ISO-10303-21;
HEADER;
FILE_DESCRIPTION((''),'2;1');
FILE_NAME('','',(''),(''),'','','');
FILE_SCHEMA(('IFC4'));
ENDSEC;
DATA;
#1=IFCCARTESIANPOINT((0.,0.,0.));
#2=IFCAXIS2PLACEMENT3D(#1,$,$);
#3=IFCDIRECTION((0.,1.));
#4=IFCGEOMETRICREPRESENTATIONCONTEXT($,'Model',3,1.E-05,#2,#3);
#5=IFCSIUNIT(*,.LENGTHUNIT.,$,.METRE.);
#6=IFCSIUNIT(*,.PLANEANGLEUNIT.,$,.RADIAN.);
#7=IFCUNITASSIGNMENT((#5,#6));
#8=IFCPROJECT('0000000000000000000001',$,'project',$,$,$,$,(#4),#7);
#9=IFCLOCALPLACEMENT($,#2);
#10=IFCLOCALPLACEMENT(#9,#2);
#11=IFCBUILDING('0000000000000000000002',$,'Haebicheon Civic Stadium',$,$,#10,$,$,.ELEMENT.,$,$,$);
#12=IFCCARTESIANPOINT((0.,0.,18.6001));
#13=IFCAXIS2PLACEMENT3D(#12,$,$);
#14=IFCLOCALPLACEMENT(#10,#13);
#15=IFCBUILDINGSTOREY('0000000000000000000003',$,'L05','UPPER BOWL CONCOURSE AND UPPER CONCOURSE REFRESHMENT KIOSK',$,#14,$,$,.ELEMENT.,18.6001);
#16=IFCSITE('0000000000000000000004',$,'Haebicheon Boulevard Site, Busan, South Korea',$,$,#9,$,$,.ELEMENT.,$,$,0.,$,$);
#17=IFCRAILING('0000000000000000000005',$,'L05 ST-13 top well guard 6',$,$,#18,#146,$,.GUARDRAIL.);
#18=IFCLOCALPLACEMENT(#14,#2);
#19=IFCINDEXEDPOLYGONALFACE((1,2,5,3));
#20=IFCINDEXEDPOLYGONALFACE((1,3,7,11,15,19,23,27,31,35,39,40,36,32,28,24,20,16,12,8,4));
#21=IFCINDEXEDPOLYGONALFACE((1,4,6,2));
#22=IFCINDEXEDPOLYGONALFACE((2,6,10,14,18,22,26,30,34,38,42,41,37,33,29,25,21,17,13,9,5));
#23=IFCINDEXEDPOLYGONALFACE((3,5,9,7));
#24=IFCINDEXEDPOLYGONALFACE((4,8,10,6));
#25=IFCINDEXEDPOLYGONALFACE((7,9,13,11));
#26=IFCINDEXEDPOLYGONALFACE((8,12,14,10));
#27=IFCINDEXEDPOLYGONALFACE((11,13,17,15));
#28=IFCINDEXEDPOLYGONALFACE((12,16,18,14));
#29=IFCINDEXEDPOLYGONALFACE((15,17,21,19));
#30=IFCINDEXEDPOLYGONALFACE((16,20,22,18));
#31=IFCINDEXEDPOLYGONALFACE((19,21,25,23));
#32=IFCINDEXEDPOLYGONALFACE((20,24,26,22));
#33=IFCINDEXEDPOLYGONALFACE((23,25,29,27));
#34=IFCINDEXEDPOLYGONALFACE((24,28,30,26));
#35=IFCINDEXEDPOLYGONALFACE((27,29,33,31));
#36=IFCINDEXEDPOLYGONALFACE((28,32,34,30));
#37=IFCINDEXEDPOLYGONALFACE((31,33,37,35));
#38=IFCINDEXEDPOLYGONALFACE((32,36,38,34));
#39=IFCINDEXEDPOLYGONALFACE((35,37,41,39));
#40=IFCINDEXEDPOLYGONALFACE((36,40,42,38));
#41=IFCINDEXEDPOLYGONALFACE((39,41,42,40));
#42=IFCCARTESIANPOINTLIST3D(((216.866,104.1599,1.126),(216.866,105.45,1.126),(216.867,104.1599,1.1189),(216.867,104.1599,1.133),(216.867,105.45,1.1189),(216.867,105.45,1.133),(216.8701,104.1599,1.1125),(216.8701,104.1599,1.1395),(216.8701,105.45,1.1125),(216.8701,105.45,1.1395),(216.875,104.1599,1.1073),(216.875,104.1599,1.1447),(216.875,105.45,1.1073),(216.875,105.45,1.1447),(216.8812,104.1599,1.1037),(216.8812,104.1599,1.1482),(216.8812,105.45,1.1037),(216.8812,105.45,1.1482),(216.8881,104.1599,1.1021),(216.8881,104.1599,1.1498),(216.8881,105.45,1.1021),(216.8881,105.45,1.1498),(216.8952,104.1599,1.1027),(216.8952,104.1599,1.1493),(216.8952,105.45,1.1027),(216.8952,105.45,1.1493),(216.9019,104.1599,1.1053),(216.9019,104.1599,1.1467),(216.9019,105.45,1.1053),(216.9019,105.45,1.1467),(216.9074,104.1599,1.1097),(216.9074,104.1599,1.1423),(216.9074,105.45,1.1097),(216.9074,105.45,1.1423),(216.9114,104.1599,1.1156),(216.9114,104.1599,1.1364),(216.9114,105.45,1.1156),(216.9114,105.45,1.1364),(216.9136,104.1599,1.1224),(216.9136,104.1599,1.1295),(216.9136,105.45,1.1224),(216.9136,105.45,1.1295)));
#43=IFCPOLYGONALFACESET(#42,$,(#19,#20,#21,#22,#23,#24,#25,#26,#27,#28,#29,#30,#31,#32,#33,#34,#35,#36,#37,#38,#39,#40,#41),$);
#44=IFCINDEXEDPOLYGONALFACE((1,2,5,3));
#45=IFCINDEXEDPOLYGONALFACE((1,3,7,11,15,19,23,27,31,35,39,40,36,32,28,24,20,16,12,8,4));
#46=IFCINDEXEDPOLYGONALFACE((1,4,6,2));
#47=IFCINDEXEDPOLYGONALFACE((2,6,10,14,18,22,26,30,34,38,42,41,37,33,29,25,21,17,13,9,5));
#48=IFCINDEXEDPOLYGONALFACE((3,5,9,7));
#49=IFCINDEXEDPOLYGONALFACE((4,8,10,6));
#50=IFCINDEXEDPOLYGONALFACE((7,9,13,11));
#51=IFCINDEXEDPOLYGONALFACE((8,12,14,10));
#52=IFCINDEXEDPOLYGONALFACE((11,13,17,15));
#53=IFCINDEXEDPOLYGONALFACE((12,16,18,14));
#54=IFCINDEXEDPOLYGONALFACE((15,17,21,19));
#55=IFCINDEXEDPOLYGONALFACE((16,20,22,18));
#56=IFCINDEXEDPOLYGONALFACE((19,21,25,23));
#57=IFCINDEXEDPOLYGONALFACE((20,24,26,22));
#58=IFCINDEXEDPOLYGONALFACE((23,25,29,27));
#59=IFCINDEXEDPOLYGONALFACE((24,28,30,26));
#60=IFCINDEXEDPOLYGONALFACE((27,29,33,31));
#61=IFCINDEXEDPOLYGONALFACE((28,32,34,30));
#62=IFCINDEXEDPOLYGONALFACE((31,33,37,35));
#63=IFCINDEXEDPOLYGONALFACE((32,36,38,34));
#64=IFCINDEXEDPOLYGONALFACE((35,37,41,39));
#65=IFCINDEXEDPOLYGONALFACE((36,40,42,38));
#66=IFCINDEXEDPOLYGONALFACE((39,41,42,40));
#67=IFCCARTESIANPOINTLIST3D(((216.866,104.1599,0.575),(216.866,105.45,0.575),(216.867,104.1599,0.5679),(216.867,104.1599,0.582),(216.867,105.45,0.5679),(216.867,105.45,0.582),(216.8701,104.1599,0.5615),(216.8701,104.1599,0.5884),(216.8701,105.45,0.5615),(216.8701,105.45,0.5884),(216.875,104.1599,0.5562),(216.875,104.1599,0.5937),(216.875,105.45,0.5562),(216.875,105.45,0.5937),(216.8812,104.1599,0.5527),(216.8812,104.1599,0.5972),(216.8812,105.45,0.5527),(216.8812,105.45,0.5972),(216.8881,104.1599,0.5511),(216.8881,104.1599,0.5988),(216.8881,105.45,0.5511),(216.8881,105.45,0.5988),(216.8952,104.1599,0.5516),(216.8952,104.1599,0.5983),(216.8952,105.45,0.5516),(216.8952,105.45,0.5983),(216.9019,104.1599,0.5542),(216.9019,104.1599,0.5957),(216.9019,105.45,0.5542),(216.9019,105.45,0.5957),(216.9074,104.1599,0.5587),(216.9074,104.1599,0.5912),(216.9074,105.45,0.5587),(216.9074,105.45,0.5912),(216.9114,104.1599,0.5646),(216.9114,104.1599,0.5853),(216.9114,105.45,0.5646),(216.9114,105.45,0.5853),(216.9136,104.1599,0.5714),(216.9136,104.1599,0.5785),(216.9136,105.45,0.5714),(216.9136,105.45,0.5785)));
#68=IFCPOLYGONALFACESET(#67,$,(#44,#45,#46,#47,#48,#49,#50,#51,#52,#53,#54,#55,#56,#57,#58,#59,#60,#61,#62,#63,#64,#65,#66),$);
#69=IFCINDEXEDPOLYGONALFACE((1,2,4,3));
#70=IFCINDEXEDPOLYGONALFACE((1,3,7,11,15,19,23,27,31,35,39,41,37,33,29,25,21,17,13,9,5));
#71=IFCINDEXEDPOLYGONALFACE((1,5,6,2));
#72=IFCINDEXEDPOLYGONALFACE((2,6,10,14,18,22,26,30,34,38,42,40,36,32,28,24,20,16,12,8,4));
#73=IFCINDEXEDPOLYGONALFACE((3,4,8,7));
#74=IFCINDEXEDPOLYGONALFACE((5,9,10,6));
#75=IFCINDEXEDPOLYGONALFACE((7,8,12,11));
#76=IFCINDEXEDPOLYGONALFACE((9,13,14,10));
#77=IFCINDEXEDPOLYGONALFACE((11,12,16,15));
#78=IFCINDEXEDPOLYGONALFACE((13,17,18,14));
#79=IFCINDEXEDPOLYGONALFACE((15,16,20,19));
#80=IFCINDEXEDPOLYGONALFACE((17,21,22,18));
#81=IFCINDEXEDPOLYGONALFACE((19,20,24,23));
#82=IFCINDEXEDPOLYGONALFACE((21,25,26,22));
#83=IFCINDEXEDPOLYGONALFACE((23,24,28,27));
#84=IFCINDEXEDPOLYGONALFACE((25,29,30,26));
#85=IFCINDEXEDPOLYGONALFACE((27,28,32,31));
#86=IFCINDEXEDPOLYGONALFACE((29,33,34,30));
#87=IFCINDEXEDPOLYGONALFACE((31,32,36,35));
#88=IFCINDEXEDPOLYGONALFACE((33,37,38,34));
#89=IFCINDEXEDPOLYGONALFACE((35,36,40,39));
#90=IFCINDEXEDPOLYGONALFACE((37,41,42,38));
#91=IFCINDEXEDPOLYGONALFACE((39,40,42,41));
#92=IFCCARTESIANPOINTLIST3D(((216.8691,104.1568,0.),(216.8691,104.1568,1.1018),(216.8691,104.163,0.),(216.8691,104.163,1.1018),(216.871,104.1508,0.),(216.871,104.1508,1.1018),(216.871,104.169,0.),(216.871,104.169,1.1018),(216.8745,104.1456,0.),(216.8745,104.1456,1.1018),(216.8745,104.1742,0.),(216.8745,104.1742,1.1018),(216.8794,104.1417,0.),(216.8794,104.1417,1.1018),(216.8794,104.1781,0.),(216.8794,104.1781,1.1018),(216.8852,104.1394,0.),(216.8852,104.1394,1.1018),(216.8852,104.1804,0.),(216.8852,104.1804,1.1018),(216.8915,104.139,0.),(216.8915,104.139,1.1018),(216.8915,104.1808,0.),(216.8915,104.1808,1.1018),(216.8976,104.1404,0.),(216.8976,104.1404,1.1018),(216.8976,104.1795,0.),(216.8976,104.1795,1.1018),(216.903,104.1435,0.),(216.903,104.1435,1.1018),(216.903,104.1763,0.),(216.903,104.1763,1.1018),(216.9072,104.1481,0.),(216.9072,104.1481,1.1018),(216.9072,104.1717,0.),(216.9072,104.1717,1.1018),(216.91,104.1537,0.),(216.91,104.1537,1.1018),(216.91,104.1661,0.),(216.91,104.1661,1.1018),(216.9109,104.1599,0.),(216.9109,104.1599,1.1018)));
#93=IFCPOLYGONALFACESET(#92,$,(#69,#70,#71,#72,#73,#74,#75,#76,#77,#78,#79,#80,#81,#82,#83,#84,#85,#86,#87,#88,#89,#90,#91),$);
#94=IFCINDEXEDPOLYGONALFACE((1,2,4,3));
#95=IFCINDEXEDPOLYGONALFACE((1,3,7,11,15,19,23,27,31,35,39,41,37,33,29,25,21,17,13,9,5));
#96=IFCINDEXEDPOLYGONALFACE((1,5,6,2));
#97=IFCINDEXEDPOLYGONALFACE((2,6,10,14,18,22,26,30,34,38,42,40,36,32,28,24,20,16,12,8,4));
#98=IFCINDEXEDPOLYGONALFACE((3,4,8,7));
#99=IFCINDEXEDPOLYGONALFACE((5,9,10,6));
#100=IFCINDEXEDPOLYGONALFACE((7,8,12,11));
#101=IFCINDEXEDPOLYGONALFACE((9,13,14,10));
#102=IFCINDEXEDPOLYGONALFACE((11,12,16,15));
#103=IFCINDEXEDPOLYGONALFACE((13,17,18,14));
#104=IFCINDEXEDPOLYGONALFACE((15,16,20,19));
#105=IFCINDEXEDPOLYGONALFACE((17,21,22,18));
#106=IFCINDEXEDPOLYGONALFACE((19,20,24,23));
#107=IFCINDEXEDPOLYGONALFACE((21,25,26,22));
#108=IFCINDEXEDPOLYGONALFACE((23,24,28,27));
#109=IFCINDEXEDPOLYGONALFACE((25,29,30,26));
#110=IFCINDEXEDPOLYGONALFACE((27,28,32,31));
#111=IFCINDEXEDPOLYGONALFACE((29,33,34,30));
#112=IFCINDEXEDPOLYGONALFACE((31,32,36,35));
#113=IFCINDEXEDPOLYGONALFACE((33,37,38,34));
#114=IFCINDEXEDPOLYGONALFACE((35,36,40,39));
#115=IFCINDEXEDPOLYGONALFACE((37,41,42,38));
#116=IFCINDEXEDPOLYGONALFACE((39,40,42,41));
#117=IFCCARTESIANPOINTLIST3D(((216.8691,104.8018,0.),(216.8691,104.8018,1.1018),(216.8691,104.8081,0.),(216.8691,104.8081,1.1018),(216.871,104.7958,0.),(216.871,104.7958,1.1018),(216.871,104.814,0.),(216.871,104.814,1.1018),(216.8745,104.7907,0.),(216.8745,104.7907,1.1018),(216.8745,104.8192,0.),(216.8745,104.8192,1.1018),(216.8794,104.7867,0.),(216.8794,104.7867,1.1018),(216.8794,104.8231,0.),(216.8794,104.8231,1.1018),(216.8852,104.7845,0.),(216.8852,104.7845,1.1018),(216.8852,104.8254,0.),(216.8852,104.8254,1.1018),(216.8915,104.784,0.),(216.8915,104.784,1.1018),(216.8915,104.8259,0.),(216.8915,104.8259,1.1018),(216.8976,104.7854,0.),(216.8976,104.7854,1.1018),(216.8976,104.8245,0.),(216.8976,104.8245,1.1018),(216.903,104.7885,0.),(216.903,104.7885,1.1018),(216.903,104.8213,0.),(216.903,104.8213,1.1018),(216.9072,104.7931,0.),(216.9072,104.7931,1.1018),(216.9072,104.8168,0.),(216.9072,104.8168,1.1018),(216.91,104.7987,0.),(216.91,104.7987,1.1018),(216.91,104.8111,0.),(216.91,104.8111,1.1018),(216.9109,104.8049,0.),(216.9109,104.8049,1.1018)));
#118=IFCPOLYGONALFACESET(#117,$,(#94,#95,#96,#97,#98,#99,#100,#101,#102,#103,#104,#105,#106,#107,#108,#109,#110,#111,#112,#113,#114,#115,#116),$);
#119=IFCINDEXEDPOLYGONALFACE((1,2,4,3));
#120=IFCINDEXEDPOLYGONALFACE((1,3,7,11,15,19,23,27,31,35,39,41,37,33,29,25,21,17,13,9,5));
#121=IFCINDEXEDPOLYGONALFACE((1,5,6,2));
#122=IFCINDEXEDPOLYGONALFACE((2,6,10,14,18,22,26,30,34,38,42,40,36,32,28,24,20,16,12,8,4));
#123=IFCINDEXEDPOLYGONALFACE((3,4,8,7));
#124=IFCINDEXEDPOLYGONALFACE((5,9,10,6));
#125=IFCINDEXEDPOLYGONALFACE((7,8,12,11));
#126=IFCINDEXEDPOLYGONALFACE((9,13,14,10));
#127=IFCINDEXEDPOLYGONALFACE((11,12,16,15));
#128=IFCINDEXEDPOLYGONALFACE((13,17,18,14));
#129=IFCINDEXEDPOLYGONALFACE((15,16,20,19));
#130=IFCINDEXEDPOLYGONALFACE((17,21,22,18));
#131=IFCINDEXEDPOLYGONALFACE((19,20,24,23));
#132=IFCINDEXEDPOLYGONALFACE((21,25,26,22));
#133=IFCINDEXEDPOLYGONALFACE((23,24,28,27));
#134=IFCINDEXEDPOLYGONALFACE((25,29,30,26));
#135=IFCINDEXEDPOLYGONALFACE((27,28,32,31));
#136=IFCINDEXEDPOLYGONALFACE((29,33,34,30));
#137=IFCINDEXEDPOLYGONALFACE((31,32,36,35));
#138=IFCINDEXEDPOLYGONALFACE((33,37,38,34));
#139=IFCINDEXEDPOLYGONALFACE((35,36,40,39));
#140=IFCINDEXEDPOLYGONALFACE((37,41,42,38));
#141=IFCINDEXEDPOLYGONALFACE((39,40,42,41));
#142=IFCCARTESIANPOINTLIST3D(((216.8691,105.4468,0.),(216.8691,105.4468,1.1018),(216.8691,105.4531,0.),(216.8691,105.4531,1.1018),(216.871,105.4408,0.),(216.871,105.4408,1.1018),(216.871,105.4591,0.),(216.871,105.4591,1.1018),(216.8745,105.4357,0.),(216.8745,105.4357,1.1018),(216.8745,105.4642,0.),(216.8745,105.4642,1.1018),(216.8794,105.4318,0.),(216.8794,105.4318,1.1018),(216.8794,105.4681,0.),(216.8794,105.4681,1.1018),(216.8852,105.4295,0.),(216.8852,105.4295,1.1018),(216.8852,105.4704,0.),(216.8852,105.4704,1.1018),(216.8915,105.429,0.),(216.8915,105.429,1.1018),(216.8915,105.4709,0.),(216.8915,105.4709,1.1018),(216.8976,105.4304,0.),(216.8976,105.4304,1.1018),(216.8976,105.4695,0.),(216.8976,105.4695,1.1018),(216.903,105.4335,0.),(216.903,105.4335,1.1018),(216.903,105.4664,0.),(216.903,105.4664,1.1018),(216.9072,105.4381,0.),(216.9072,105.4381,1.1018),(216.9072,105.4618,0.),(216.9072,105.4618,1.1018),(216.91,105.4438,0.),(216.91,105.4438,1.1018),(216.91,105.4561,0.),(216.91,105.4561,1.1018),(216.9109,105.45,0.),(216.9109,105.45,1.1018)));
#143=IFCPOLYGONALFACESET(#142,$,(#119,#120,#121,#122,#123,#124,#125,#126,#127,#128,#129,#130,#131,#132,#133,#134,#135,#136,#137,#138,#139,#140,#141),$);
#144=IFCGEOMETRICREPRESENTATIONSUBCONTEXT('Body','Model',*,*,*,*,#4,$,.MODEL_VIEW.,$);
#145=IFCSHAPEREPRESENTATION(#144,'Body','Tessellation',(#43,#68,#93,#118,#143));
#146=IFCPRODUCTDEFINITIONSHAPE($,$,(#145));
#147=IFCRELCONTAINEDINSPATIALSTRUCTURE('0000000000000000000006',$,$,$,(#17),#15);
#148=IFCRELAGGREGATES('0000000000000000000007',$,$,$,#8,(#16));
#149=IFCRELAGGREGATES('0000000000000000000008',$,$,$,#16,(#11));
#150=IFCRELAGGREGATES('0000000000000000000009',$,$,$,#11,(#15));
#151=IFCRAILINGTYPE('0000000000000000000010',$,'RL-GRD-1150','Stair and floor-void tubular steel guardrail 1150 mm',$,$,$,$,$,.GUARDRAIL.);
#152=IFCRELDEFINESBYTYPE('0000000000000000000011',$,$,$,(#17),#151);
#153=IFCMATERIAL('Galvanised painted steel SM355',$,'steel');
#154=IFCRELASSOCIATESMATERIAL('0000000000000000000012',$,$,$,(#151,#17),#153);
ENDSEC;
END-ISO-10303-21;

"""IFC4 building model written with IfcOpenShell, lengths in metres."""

from ifc_helpers import new_model, si_unit, direction, frame, origin, origin_2d, place, context, subcontext, project, spatial, circle, extrude, material, type_object, element, save


model = new_model("IFC4")

# Units and contexts
model_context = context("Model", 3, precision=1e-05, world=origin(), true_north=direction((0.0, 1.0)))
body_context = subcontext(model_context, "Body", "Model", "MODEL_VIEW")
ifc_project = project(units=[si_unit("LENGTHUNIT", "METRE"), si_unit("PLANEANGLEUNIT", "RADIAN")], contexts=[model_context])

# Site, building, storey
site_placement = place(None, origin())
site = spatial("IfcSite", under=ifc_project, at=site_placement, Name="Haebicheon Boulevard Site, Busan, South Korea", CompositionType="ELEMENT", RefElevation=0.0)
building_placement = place(site_placement, origin())
building = spatial("IfcBuilding", under=site, at=building_placement, Name="Haebicheon Civic Stadium", CompositionType="ELEMENT")
storey_placement = place(building_placement, frame((0.0, 0.0, 18.6001)))
storey = spatial("IfcBuildingStorey", under=building, at=storey_placement, Name="L05", Description="UPPER BOWL CONCOURSE AND UPPER CONCOURSE REFRESHMENT KIOSK", CompositionType="ELEMENT", Elevation=18.6001)

# Railing
ifc_material_1 = material(Name="Galvanised painted steel SM355", Category="steel")
railing_type = type_object("IfcRailingType", Name="RL-GRD-1150", Description="Stair and floor-void tubular steel guardrail 1150 mm", PredefinedType="GUARDRAIL", material=ifc_material_1)
for number, where, name in (
    (1, (216.8899, 104.1599, 0.0), "L05 ST-13 top well guard 6"),
):
    element("IfcRailing", number, at=place(storey_placement, frame(where)), inside=storey, type_object=railing_type, material=ifc_material_1, Name=name, PredefinedType="GUARDRAIL", context=body_context, shape_type="SweptSolid", body=[
        extrude(circle(Radius=0.0239, at=origin_2d()), frame((0.0, 0.0, 1.126), z_axis=(0.0, 1.0, 0.0), x_axis=(-1.0, 0.0, 0.0)), (0.0, 0.0, 1.0), 1.29),
        extrude(circle(Radius=0.0239, at=origin_2d()), frame((0.0, 0.0, 0.575), z_axis=(0.0, 1.0, 0.0), x_axis=(-1.0, 0.0, 0.0)), (0.0, 0.0, 1.0), 1.29),
        extrude(circle(Radius=0.021, at=origin_2d()), origin(), (0.0, 0.0, 1.0), 1.1018),
        extrude(circle(Radius=0.021, at=origin_2d()), frame((0.0, 0.645, 0.0)), (0.0, 0.0, 1.0), 1.1018),
        extrude(circle(Radius=0.021, at=origin_2d()), frame((0.0, 1.29, 0.0)), (0.0, 0.0, 1.0), 1.1018),
    ])

save(model, "model.ifc")
